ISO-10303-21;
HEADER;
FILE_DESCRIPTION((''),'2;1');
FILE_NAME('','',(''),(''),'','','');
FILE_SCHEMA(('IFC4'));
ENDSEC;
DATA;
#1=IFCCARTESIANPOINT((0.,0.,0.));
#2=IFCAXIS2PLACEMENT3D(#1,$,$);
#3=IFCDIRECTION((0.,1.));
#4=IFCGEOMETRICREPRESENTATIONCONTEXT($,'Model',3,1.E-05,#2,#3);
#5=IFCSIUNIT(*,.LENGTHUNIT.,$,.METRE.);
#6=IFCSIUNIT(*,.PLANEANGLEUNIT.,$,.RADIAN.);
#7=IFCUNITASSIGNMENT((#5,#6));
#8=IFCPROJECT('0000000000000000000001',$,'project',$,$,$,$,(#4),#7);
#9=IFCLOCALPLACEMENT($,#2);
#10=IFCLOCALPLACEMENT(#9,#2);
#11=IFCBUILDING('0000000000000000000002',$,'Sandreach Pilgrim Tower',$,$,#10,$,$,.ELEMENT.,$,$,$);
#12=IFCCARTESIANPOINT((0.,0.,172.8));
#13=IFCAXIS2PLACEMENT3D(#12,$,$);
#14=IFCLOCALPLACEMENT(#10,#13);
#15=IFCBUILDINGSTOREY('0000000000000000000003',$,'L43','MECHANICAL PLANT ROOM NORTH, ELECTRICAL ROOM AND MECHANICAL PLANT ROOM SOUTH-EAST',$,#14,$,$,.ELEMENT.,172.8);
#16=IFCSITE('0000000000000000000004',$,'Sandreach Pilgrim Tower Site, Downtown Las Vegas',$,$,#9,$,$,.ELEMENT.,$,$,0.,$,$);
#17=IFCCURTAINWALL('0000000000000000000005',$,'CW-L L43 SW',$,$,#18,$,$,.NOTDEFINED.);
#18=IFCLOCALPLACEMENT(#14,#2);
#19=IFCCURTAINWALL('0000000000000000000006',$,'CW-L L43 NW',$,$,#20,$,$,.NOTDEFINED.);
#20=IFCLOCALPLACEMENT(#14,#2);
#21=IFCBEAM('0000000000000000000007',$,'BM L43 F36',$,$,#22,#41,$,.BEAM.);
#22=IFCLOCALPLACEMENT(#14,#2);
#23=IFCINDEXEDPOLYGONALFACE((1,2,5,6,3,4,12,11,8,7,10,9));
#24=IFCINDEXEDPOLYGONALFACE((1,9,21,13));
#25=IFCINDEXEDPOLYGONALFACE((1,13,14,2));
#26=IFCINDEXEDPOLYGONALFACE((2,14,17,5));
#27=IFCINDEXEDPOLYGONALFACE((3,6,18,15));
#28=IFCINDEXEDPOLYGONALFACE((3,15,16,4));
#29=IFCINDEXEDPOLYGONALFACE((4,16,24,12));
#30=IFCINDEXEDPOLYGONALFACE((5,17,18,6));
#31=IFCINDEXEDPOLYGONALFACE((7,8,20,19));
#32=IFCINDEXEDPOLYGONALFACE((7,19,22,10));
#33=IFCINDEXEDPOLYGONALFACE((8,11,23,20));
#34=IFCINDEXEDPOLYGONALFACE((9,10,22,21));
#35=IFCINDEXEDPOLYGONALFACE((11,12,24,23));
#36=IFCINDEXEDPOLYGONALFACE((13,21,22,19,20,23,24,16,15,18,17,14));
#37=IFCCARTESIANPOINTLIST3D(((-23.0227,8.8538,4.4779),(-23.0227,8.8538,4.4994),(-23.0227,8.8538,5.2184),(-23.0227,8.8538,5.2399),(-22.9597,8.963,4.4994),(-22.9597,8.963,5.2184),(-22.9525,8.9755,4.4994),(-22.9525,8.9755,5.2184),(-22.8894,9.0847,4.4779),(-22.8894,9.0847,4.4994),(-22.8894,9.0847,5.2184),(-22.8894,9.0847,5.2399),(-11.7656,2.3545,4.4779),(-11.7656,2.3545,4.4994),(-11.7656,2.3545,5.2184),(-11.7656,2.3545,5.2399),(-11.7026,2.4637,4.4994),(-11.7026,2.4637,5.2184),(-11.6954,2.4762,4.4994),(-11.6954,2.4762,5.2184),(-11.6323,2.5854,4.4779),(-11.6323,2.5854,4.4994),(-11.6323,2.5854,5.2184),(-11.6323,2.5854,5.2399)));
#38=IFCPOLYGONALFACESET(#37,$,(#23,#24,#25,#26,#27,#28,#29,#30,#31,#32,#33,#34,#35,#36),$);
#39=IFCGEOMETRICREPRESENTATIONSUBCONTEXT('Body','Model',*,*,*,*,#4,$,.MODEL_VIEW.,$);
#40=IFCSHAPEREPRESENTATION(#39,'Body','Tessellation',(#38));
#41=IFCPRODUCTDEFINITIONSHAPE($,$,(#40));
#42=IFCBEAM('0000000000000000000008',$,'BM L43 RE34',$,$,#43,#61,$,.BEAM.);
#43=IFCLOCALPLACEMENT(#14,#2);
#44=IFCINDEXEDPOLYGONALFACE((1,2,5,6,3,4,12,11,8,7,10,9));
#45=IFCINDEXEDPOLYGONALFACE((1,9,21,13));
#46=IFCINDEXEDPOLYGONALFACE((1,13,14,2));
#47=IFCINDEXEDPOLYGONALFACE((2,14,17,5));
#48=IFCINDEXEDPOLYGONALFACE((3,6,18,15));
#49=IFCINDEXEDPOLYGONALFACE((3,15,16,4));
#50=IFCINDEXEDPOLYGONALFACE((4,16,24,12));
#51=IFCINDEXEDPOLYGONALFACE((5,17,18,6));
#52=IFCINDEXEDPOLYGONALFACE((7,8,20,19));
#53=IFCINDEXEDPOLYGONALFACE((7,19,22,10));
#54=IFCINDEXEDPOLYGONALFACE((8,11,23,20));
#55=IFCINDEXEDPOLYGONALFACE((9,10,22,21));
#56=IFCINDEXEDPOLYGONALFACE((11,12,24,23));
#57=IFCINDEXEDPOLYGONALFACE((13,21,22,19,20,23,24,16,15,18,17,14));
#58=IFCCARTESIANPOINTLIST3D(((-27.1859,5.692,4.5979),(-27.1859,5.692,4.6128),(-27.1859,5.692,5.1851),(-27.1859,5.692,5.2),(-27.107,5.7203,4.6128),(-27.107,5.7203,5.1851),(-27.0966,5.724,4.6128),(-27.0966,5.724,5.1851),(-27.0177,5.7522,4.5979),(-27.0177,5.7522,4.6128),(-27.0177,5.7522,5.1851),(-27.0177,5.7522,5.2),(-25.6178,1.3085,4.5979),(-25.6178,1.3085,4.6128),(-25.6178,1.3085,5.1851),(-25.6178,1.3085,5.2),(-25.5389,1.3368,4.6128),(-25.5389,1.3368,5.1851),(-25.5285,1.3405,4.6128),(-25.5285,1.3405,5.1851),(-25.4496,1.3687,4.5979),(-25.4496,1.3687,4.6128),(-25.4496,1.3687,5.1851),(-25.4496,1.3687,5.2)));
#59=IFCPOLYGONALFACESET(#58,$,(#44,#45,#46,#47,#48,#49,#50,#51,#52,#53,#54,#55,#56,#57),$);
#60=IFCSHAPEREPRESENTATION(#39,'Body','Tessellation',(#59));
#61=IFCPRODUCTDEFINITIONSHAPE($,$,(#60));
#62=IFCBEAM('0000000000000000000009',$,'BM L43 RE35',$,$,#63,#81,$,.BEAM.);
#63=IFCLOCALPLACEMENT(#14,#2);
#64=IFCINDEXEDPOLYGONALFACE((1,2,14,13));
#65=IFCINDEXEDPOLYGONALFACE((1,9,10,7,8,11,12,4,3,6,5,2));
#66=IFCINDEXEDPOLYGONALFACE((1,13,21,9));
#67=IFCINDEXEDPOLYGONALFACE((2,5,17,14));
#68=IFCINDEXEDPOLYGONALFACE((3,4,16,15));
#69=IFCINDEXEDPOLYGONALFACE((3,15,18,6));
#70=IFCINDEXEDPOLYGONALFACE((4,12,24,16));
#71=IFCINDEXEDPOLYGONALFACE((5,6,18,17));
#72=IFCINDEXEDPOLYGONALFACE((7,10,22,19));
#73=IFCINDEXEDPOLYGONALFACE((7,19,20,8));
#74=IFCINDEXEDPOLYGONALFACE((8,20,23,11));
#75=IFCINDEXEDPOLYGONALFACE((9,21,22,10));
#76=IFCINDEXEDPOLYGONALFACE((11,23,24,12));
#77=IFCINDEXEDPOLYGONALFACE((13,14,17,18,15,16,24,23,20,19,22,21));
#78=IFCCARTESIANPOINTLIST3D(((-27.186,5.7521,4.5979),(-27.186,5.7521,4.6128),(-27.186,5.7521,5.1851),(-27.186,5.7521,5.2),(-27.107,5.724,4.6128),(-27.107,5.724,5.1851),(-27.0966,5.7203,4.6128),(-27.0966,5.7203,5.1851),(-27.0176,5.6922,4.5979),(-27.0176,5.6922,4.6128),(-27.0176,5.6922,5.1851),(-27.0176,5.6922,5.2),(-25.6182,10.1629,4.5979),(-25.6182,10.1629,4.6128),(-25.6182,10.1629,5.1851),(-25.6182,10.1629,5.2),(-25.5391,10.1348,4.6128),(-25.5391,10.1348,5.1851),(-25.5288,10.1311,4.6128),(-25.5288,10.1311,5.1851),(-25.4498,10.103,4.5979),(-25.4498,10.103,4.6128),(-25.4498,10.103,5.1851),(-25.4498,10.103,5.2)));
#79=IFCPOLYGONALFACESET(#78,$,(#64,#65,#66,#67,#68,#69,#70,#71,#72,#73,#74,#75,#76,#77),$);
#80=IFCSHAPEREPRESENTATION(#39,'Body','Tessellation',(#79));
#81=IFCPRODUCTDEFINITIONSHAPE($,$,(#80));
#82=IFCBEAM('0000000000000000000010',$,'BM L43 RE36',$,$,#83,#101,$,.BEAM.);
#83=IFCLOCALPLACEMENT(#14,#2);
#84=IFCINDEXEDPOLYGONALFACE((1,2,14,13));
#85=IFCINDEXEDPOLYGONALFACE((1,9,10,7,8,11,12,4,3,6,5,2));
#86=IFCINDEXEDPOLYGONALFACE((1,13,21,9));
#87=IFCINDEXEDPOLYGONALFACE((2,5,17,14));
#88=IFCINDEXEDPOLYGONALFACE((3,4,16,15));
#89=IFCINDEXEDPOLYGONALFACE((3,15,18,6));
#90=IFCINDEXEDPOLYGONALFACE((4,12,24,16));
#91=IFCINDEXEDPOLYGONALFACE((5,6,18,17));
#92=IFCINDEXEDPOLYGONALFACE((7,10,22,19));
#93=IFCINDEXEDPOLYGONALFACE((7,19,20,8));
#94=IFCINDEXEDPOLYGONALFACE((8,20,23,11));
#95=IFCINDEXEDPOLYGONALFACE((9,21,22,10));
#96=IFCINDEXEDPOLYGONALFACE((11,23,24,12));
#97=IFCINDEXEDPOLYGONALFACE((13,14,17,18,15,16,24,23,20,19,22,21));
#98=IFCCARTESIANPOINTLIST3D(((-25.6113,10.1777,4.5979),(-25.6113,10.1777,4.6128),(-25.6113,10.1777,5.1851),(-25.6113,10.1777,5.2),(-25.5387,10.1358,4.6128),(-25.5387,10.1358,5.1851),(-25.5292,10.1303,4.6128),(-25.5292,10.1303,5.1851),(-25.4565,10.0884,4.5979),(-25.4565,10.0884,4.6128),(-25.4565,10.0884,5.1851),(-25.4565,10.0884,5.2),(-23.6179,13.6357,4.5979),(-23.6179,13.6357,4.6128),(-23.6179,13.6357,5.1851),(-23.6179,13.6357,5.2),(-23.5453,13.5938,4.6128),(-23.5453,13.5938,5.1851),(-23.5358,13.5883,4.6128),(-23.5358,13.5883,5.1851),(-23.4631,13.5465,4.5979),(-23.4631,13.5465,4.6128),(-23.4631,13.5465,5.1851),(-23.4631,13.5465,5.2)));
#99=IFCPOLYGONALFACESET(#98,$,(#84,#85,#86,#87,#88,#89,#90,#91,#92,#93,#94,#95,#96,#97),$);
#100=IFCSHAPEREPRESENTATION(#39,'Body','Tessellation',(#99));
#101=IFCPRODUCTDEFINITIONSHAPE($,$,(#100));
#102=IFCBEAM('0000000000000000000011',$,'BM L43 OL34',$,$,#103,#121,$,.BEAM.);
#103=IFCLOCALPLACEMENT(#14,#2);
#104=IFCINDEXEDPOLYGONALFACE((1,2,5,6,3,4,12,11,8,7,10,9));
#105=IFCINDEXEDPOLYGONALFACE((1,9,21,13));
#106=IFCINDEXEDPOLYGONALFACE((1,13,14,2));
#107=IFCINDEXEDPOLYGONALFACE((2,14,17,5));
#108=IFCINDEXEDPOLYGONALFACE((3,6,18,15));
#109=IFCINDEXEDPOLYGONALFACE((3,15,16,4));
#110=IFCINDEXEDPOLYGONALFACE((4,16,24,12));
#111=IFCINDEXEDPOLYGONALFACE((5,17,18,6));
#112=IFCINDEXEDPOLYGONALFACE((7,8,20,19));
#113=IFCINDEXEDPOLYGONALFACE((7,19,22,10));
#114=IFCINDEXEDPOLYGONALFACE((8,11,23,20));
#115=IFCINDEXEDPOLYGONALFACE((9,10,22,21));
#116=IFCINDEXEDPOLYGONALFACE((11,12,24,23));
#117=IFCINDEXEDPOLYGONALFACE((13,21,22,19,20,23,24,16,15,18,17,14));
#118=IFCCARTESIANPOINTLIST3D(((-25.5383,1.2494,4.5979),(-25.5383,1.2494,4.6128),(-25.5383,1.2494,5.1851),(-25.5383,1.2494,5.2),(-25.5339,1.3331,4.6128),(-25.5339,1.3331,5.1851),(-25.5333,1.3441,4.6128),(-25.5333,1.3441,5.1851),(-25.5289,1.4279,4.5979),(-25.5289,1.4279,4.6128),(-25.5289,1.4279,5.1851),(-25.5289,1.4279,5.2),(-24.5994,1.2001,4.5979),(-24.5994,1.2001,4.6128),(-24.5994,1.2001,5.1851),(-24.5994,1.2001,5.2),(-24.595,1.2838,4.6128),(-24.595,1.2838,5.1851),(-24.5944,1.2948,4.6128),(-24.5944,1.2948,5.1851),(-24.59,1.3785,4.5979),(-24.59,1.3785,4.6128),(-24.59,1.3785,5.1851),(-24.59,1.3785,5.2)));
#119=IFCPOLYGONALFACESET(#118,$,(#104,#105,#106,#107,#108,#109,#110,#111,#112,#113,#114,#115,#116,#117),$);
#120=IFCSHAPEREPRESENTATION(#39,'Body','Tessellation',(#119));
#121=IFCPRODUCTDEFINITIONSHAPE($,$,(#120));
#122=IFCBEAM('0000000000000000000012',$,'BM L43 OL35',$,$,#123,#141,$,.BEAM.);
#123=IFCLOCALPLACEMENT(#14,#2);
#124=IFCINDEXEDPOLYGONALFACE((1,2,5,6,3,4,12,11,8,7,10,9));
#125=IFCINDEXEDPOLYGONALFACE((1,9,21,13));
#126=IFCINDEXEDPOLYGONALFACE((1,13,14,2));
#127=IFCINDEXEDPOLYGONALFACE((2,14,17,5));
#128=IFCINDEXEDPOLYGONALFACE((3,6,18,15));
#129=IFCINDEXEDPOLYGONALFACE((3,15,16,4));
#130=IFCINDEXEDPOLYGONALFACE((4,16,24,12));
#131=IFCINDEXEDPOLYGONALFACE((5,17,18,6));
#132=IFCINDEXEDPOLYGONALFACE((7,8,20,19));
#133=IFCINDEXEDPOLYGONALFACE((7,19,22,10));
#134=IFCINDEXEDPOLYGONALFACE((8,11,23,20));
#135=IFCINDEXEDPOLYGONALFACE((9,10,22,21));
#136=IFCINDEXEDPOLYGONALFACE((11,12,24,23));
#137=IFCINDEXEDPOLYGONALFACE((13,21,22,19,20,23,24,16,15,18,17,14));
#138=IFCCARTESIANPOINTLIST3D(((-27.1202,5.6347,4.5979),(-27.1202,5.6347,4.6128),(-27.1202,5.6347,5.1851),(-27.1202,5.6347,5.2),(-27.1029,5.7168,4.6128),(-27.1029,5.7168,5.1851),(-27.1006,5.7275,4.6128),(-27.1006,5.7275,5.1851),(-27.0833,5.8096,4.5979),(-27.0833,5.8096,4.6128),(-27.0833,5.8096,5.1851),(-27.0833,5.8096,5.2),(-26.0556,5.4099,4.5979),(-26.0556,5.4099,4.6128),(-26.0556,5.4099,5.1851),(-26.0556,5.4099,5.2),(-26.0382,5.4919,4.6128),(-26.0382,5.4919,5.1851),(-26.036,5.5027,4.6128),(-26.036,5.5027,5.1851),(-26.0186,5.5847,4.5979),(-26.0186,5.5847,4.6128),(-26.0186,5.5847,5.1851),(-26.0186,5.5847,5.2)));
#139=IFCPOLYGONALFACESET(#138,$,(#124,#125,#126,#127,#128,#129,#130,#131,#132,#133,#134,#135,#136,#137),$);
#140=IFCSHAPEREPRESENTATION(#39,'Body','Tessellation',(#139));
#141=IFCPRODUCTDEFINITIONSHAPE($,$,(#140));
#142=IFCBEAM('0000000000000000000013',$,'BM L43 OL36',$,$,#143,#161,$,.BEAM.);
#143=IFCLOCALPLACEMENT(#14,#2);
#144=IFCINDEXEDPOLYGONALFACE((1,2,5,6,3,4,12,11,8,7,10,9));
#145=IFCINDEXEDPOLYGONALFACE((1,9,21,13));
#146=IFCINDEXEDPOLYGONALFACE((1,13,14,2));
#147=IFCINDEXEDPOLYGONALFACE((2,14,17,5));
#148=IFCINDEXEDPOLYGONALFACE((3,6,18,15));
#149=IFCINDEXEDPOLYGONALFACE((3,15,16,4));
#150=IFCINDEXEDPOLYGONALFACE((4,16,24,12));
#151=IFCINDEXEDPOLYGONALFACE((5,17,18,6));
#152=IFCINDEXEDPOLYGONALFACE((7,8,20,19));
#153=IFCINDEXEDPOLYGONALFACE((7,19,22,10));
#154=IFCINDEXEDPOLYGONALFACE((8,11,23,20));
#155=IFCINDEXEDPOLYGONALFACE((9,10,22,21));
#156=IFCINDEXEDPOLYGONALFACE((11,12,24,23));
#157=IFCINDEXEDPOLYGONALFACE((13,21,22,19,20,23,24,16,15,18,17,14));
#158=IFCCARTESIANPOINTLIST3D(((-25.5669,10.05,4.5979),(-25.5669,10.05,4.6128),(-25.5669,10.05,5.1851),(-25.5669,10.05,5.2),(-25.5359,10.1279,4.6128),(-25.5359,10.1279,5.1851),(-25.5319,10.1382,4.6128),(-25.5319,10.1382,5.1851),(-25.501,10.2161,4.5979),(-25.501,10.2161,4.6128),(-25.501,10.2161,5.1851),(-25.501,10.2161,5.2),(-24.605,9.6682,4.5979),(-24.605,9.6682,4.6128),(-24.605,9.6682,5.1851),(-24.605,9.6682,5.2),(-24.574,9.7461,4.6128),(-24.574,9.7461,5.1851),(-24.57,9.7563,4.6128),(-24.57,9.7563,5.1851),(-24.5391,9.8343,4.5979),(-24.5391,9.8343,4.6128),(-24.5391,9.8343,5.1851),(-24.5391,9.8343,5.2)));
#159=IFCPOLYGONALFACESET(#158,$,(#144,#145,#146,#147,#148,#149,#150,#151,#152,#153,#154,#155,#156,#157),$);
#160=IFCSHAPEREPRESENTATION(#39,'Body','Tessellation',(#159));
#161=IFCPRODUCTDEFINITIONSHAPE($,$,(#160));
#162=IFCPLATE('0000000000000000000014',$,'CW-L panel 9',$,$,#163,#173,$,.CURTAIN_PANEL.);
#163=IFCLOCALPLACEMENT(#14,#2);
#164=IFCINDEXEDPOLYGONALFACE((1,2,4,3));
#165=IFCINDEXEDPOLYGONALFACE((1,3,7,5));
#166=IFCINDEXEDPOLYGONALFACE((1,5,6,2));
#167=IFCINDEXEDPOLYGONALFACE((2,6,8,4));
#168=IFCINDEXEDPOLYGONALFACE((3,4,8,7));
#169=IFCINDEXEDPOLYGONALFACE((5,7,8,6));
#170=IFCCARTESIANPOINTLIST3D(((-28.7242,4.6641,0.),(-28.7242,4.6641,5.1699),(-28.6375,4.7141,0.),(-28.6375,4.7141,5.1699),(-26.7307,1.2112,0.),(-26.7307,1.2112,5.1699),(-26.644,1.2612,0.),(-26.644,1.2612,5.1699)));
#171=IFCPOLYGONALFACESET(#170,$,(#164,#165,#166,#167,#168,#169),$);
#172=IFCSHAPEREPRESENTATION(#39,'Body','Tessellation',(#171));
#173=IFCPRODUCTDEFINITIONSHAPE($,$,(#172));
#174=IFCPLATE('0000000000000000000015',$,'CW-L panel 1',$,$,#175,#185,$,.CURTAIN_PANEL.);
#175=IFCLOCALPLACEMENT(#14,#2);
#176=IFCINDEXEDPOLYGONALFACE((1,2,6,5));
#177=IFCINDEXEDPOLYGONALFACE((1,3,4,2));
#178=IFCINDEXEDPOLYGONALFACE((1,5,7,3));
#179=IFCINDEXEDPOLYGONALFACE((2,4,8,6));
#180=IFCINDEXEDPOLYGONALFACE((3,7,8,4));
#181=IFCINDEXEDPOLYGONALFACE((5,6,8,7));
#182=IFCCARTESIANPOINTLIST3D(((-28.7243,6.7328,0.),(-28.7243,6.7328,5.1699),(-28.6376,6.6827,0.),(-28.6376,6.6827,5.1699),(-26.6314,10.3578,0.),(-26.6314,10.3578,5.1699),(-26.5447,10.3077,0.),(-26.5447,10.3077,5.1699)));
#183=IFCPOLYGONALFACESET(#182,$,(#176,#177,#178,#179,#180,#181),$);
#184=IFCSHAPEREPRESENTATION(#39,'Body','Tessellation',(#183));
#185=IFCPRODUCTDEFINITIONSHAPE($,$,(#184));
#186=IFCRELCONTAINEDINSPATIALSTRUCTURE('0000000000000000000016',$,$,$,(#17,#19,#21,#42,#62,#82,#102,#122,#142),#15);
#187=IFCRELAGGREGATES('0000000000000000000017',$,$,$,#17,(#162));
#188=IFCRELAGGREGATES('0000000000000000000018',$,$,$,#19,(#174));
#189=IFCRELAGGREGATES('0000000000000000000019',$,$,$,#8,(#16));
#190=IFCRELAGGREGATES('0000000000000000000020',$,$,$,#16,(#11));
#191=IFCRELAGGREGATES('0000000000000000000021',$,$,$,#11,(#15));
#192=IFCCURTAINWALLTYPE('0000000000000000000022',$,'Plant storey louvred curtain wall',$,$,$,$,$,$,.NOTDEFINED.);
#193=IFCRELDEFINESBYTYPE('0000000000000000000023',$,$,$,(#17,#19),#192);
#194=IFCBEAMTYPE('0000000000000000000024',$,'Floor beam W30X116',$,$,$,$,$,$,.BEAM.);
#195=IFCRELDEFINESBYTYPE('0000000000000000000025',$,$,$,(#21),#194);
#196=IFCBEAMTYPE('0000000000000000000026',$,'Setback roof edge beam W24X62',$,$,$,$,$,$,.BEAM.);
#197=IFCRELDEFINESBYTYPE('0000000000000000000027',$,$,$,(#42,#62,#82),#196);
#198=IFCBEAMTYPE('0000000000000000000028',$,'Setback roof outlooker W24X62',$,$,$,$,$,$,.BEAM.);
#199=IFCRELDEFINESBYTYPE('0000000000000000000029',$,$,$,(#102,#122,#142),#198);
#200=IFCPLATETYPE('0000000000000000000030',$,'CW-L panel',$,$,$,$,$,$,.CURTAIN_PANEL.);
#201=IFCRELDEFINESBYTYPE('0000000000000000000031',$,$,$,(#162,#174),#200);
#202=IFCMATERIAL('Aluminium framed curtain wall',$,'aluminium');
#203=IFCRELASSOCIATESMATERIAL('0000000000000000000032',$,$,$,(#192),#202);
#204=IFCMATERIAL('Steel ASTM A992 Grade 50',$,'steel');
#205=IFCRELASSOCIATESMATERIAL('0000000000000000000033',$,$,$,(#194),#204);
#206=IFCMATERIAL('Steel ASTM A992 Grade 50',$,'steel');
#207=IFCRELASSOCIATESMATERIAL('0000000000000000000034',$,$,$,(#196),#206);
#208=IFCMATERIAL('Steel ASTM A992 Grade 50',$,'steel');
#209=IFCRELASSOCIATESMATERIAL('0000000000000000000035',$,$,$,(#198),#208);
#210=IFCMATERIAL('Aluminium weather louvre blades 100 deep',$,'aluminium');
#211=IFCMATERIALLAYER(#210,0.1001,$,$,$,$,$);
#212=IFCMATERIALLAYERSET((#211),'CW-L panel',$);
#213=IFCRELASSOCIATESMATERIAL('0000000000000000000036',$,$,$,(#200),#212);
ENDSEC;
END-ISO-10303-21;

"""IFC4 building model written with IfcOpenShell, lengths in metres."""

from ifc_helpers import new_model, si_unit, direction, frame, origin, origin_2d, place, context, subcontext, project, spatial, rectangle, i_section, extrude, material, layer, layer_set, material_profile, profile_set, type_object, element, aggregate, save


model = new_model("IFC4")

# Units and contexts
model_context = context("Model", 3, precision=1e-05, world=origin(), true_north=direction((0.0, 1.0)))
body_context = subcontext(model_context, "Body", "Model", "MODEL_VIEW")
ifc_project = project(units=[si_unit("LENGTHUNIT", "METRE"), si_unit("PLANEANGLEUNIT", "RADIAN")], contexts=[model_context])

# Site, building, storey
site_placement = place(None, origin())
site = spatial("IfcSite", under=ifc_project, at=site_placement, Name="Sandreach Pilgrim Tower Site, Downtown Las Vegas", CompositionType="ELEMENT", RefElevation=0.0)
building_placement = place(site_placement, origin())
building = spatial("IfcBuilding", under=site, at=building_placement, Name="Sandreach Pilgrim Tower", CompositionType="ELEMENT")
storey_placement = place(building_placement, frame((0.0, 0.0, 172.8)))
storey = spatial("IfcBuildingStorey", under=building, at=storey_placement, Name="L43", Description="MECHANICAL PLANT ROOM NORTH, ELECTRICAL ROOM AND MECHANICAL PLANT ROOM SOUTH-EAST", CompositionType="ELEMENT", Elevation=172.8)

# Curtain walls
ifc_material_1 = material(Name="Aluminium framed curtain wall", Category="aluminium")
curtain_wall_type = type_object("IfcCurtainWallType", Name="Plant storey louvred curtain wall", PredefinedType="NOTDEFINED", material=ifc_material_1)
curtain_wall_1_placement = place(storey_placement, origin())
curtain_wall_1 = element("IfcCurtainWall", 1, at=curtain_wall_1_placement, inside=storey, type_object=curtain_wall_type, Name="CW-L L43 SW", PredefinedType="NOTDEFINED")
curtain_wall_2_placement = place(storey_placement, origin())
curtain_wall_2 = element("IfcCurtainWall", 2, at=curtain_wall_2_placement, inside=storey, type_object=curtain_wall_type, Name="CW-L L43 NW", PredefinedType="NOTDEFINED")

# Beams
ifc_material_2 = material(Name="Steel ASTM A992 Grade 50", Category="steel")
ifc_material_profile_1 = material_profile(ifc_material_2, i_section(OverallWidth=0.2666, OverallDepth=0.762, WebThickness=0.0144, FlangeThickness=0.0215, at=origin_2d()), Name="W30X116")
ifc_profile_set_1 = profile_set([ifc_material_profile_1], Name="Steel ASTM A992 Grade 50")
beam_type_1 = type_object("IfcBeamType", Name="Floor beam W30X116", PredefinedType="BEAM", material=ifc_profile_set_1)
beam_1_placement = place(storey_placement, frame((-22.9561, 8.9692, 4.8589), z_axis=(0.866026, -0.499999, 0.0), x_axis=(0.499999, 0.866026, 0.0)))
element("IfcBeam", 3, at=beam_1_placement, inside=storey, type_object=beam_type_1, Name="BM L43 F36", PredefinedType="BEAM", context=body_context, shape_type="SweptSolid", body=[
    extrude(i_section(OverallWidth=0.2666, OverallDepth=0.762, WebThickness=0.0144, FlangeThickness=0.0215, at=origin_2d()), origin(), (0.0, 0.0, 1.0), 12.9985),
])
ifc_material_3 = material(Name="Steel ASTM A992 Grade 50", Category="steel")
ifc_material_profile_2 = material_profile(ifc_material_3, i_section(OverallWidth=0.1787, OverallDepth=0.6021, WebThickness=0.011, FlangeThickness=0.0149, at=origin_2d()), Name="W24X62")
ifc_profile_set_2 = profile_set([ifc_material_profile_2], Name="Steel ASTM A992 Grade 50")
beam_type_2 = type_object("IfcBeamType", Name="Setback roof edge beam W24X62", PredefinedType="BEAM", material=ifc_profile_set_2)
beam_2_placement = place(storey_placement, frame((-25.5337, 1.3386, 4.8989), z_axis=(-0.336825, 0.941567, 0.0), x_axis=(-0.941567, -0.336825, 0.0)))
element("IfcBeam", 4, at=beam_2_placement, inside=storey, type_object=beam_type_2, Name="BM L43 RE34", PredefinedType="BEAM", context=body_context, shape_type="SweptSolid", body=[
    extrude(i_section(OverallWidth=0.1787, OverallDepth=0.6021, WebThickness=0.011, FlangeThickness=0.0149, at=origin_2d()), origin(), (0.0, 0.0, 1.0), 4.6555),
])
beam_3_placement = place(storey_placement, frame((-27.1018, 5.7222, 4.8989), z_axis=(0.334925, 0.942245, 0.0), x_axis=(-0.942245, 0.334925, 0.0)))
element("IfcBeam", 5, at=beam_3_placement, inside=storey, type_object=beam_type_2, Name="BM L43 RE35", PredefinedType="BEAM", context=body_context, shape_type="SweptSolid", body=[
    extrude(i_section(OverallWidth=0.1787, OverallDepth=0.6021, WebThickness=0.011, FlangeThickness=0.0149, at=origin_2d()), origin(), (0.0, 0.0, 1.0), 4.6812),
])
beam_4_placement = place(storey_placement, frame((-25.5339, 10.1331, 4.8989), z_axis=(0.499422, 0.866359, 0.0), x_axis=(-0.866359, 0.499422, 0.0)))
element("IfcBeam", 6, at=beam_4_placement, inside=storey, type_object=beam_type_2, Name="BM L43 RE36", PredefinedType="BEAM", context=body_context, shape_type="SweptSolid", body=[
    extrude(i_section(OverallWidth=0.1787, OverallDepth=0.6021, WebThickness=0.011, FlangeThickness=0.0149, at=origin_2d()), origin(), (0.0, 0.0, 1.0), 3.9915),
])
ifc_material_4 = material(Name="Steel ASTM A992 Grade 50", Category="steel")
ifc_material_profile_3 = material_profile(ifc_material_4, i_section(OverallWidth=0.1787, OverallDepth=0.6021, WebThickness=0.011, FlangeThickness=0.0149, at=origin_2d()), Name="W24X62")
ifc_profile_set_3 = profile_set([ifc_material_profile_3], Name="Steel ASTM A992 Grade 50")
beam_type_3 = type_object("IfcBeamType", Name="Setback roof outlooker W24X62", PredefinedType="BEAM", material=ifc_profile_set_3)
beam_5_placement = place(storey_placement, frame((-24.5947, 1.2893, 4.8989), z_axis=(-0.998624, 0.05245, 0.0), x_axis=(-0.05245, -0.998624, 0.0)))
element("IfcBeam", 7, at=beam_5_placement, inside=storey, type_object=beam_type_3, Name="BM L43 OL34", PredefinedType="BEAM", context=body_context, shape_type="SweptSolid", body=[
    extrude(i_section(OverallWidth=0.1787, OverallDepth=0.6021, WebThickness=0.011, FlangeThickness=0.0149, at=origin_2d()), origin(), (0.0, 0.0, 1.0), 0.9402),
])
beam_6_placement = place(storey_placement, frame((-26.0371, 5.4973, 4.8989), z_axis=(-0.978419, 0.206632, 0.0), x_axis=(-0.206632, -0.978419, 0.0)))
element("IfcBeam", 8, at=beam_6_placement, inside=storey, type_object=beam_type_3, Name="BM L43 OL35", PredefinedType="BEAM", context=body_context, shape_type="SweptSolid", body=[
    extrude(i_section(OverallWidth=0.1787, OverallDepth=0.6021, WebThickness=0.011, FlangeThickness=0.0149, at=origin_2d()), origin(), (0.0, 0.0, 1.0), 1.0881),
])
beam_7_placement = place(storey_placement, frame((-24.572, 9.7512, 4.8989), z_axis=(-0.92945, 0.368949, 0.0), x_axis=(-0.368949, -0.92945, 0.0)))
element("IfcBeam", 9, at=beam_7_placement, inside=storey, type_object=beam_type_3, Name="BM L43 OL36", PredefinedType="BEAM", context=body_context, shape_type="SweptSolid", body=[
    extrude(i_section(OverallWidth=0.1787, OverallDepth=0.6021, WebThickness=0.011, FlangeThickness=0.0149, at=origin_2d()), origin(), (0.0, 0.0, 1.0), 1.0349),
])

# Plates
ifc_material_5 = material(Name="Aluminium weather louvre blades 100 deep", Category="aluminium")
ifc_layer_1 = layer(ifc_material_5, 0.1001)
ifc_layer_set_1 = layer_set([ifc_layer_1], Name="CW-L panel")
plate_type = type_object("IfcPlateType", Name="CW-L panel", PredefinedType="CURTAIN_PANEL", material=ifc_layer_set_1)
plate_1_placement = place(storey_placement, frame((-27.6841, 2.9626, 0.0), z_axis=(0.0, 0.0, 1.0), x_axis=(-0.5, 0.866025, 0.0)))
plate_1 = element("IfcPlate", 10, at=plate_1_placement, type_object=plate_type, Name="CW-L panel 9", PredefinedType="CURTAIN_PANEL", context=body_context, shape_type="SweptSolid", body=[
    extrude(rectangle(XDim=3.9871, YDim=0.1001, at=origin_2d()), origin(), (0.0, 0.0, 1.0), 5.1699),
])
aggregate(curtain_wall_1, [plate_1])
plate_2_placement = place(storey_placement, frame((-27.6345, 8.5203, 0.0), z_axis=(0.0, 0.0, 1.0), x_axis=(0.5, 0.866025, 0.0)))
plate_2 = element("IfcPlate", 11, at=plate_2_placement, type_object=plate_type, Name="CW-L panel 1", PredefinedType="CURTAIN_PANEL", context=body_context, shape_type="SweptSolid", body=[
    extrude(rectangle(XDim=4.1858, YDim=0.1001, at=origin_2d()), origin(), (0.0, 0.0, 1.0), 5.1699),
])
aggregate(curtain_wall_2, [plate_2])

save(model, "model.ifc")
